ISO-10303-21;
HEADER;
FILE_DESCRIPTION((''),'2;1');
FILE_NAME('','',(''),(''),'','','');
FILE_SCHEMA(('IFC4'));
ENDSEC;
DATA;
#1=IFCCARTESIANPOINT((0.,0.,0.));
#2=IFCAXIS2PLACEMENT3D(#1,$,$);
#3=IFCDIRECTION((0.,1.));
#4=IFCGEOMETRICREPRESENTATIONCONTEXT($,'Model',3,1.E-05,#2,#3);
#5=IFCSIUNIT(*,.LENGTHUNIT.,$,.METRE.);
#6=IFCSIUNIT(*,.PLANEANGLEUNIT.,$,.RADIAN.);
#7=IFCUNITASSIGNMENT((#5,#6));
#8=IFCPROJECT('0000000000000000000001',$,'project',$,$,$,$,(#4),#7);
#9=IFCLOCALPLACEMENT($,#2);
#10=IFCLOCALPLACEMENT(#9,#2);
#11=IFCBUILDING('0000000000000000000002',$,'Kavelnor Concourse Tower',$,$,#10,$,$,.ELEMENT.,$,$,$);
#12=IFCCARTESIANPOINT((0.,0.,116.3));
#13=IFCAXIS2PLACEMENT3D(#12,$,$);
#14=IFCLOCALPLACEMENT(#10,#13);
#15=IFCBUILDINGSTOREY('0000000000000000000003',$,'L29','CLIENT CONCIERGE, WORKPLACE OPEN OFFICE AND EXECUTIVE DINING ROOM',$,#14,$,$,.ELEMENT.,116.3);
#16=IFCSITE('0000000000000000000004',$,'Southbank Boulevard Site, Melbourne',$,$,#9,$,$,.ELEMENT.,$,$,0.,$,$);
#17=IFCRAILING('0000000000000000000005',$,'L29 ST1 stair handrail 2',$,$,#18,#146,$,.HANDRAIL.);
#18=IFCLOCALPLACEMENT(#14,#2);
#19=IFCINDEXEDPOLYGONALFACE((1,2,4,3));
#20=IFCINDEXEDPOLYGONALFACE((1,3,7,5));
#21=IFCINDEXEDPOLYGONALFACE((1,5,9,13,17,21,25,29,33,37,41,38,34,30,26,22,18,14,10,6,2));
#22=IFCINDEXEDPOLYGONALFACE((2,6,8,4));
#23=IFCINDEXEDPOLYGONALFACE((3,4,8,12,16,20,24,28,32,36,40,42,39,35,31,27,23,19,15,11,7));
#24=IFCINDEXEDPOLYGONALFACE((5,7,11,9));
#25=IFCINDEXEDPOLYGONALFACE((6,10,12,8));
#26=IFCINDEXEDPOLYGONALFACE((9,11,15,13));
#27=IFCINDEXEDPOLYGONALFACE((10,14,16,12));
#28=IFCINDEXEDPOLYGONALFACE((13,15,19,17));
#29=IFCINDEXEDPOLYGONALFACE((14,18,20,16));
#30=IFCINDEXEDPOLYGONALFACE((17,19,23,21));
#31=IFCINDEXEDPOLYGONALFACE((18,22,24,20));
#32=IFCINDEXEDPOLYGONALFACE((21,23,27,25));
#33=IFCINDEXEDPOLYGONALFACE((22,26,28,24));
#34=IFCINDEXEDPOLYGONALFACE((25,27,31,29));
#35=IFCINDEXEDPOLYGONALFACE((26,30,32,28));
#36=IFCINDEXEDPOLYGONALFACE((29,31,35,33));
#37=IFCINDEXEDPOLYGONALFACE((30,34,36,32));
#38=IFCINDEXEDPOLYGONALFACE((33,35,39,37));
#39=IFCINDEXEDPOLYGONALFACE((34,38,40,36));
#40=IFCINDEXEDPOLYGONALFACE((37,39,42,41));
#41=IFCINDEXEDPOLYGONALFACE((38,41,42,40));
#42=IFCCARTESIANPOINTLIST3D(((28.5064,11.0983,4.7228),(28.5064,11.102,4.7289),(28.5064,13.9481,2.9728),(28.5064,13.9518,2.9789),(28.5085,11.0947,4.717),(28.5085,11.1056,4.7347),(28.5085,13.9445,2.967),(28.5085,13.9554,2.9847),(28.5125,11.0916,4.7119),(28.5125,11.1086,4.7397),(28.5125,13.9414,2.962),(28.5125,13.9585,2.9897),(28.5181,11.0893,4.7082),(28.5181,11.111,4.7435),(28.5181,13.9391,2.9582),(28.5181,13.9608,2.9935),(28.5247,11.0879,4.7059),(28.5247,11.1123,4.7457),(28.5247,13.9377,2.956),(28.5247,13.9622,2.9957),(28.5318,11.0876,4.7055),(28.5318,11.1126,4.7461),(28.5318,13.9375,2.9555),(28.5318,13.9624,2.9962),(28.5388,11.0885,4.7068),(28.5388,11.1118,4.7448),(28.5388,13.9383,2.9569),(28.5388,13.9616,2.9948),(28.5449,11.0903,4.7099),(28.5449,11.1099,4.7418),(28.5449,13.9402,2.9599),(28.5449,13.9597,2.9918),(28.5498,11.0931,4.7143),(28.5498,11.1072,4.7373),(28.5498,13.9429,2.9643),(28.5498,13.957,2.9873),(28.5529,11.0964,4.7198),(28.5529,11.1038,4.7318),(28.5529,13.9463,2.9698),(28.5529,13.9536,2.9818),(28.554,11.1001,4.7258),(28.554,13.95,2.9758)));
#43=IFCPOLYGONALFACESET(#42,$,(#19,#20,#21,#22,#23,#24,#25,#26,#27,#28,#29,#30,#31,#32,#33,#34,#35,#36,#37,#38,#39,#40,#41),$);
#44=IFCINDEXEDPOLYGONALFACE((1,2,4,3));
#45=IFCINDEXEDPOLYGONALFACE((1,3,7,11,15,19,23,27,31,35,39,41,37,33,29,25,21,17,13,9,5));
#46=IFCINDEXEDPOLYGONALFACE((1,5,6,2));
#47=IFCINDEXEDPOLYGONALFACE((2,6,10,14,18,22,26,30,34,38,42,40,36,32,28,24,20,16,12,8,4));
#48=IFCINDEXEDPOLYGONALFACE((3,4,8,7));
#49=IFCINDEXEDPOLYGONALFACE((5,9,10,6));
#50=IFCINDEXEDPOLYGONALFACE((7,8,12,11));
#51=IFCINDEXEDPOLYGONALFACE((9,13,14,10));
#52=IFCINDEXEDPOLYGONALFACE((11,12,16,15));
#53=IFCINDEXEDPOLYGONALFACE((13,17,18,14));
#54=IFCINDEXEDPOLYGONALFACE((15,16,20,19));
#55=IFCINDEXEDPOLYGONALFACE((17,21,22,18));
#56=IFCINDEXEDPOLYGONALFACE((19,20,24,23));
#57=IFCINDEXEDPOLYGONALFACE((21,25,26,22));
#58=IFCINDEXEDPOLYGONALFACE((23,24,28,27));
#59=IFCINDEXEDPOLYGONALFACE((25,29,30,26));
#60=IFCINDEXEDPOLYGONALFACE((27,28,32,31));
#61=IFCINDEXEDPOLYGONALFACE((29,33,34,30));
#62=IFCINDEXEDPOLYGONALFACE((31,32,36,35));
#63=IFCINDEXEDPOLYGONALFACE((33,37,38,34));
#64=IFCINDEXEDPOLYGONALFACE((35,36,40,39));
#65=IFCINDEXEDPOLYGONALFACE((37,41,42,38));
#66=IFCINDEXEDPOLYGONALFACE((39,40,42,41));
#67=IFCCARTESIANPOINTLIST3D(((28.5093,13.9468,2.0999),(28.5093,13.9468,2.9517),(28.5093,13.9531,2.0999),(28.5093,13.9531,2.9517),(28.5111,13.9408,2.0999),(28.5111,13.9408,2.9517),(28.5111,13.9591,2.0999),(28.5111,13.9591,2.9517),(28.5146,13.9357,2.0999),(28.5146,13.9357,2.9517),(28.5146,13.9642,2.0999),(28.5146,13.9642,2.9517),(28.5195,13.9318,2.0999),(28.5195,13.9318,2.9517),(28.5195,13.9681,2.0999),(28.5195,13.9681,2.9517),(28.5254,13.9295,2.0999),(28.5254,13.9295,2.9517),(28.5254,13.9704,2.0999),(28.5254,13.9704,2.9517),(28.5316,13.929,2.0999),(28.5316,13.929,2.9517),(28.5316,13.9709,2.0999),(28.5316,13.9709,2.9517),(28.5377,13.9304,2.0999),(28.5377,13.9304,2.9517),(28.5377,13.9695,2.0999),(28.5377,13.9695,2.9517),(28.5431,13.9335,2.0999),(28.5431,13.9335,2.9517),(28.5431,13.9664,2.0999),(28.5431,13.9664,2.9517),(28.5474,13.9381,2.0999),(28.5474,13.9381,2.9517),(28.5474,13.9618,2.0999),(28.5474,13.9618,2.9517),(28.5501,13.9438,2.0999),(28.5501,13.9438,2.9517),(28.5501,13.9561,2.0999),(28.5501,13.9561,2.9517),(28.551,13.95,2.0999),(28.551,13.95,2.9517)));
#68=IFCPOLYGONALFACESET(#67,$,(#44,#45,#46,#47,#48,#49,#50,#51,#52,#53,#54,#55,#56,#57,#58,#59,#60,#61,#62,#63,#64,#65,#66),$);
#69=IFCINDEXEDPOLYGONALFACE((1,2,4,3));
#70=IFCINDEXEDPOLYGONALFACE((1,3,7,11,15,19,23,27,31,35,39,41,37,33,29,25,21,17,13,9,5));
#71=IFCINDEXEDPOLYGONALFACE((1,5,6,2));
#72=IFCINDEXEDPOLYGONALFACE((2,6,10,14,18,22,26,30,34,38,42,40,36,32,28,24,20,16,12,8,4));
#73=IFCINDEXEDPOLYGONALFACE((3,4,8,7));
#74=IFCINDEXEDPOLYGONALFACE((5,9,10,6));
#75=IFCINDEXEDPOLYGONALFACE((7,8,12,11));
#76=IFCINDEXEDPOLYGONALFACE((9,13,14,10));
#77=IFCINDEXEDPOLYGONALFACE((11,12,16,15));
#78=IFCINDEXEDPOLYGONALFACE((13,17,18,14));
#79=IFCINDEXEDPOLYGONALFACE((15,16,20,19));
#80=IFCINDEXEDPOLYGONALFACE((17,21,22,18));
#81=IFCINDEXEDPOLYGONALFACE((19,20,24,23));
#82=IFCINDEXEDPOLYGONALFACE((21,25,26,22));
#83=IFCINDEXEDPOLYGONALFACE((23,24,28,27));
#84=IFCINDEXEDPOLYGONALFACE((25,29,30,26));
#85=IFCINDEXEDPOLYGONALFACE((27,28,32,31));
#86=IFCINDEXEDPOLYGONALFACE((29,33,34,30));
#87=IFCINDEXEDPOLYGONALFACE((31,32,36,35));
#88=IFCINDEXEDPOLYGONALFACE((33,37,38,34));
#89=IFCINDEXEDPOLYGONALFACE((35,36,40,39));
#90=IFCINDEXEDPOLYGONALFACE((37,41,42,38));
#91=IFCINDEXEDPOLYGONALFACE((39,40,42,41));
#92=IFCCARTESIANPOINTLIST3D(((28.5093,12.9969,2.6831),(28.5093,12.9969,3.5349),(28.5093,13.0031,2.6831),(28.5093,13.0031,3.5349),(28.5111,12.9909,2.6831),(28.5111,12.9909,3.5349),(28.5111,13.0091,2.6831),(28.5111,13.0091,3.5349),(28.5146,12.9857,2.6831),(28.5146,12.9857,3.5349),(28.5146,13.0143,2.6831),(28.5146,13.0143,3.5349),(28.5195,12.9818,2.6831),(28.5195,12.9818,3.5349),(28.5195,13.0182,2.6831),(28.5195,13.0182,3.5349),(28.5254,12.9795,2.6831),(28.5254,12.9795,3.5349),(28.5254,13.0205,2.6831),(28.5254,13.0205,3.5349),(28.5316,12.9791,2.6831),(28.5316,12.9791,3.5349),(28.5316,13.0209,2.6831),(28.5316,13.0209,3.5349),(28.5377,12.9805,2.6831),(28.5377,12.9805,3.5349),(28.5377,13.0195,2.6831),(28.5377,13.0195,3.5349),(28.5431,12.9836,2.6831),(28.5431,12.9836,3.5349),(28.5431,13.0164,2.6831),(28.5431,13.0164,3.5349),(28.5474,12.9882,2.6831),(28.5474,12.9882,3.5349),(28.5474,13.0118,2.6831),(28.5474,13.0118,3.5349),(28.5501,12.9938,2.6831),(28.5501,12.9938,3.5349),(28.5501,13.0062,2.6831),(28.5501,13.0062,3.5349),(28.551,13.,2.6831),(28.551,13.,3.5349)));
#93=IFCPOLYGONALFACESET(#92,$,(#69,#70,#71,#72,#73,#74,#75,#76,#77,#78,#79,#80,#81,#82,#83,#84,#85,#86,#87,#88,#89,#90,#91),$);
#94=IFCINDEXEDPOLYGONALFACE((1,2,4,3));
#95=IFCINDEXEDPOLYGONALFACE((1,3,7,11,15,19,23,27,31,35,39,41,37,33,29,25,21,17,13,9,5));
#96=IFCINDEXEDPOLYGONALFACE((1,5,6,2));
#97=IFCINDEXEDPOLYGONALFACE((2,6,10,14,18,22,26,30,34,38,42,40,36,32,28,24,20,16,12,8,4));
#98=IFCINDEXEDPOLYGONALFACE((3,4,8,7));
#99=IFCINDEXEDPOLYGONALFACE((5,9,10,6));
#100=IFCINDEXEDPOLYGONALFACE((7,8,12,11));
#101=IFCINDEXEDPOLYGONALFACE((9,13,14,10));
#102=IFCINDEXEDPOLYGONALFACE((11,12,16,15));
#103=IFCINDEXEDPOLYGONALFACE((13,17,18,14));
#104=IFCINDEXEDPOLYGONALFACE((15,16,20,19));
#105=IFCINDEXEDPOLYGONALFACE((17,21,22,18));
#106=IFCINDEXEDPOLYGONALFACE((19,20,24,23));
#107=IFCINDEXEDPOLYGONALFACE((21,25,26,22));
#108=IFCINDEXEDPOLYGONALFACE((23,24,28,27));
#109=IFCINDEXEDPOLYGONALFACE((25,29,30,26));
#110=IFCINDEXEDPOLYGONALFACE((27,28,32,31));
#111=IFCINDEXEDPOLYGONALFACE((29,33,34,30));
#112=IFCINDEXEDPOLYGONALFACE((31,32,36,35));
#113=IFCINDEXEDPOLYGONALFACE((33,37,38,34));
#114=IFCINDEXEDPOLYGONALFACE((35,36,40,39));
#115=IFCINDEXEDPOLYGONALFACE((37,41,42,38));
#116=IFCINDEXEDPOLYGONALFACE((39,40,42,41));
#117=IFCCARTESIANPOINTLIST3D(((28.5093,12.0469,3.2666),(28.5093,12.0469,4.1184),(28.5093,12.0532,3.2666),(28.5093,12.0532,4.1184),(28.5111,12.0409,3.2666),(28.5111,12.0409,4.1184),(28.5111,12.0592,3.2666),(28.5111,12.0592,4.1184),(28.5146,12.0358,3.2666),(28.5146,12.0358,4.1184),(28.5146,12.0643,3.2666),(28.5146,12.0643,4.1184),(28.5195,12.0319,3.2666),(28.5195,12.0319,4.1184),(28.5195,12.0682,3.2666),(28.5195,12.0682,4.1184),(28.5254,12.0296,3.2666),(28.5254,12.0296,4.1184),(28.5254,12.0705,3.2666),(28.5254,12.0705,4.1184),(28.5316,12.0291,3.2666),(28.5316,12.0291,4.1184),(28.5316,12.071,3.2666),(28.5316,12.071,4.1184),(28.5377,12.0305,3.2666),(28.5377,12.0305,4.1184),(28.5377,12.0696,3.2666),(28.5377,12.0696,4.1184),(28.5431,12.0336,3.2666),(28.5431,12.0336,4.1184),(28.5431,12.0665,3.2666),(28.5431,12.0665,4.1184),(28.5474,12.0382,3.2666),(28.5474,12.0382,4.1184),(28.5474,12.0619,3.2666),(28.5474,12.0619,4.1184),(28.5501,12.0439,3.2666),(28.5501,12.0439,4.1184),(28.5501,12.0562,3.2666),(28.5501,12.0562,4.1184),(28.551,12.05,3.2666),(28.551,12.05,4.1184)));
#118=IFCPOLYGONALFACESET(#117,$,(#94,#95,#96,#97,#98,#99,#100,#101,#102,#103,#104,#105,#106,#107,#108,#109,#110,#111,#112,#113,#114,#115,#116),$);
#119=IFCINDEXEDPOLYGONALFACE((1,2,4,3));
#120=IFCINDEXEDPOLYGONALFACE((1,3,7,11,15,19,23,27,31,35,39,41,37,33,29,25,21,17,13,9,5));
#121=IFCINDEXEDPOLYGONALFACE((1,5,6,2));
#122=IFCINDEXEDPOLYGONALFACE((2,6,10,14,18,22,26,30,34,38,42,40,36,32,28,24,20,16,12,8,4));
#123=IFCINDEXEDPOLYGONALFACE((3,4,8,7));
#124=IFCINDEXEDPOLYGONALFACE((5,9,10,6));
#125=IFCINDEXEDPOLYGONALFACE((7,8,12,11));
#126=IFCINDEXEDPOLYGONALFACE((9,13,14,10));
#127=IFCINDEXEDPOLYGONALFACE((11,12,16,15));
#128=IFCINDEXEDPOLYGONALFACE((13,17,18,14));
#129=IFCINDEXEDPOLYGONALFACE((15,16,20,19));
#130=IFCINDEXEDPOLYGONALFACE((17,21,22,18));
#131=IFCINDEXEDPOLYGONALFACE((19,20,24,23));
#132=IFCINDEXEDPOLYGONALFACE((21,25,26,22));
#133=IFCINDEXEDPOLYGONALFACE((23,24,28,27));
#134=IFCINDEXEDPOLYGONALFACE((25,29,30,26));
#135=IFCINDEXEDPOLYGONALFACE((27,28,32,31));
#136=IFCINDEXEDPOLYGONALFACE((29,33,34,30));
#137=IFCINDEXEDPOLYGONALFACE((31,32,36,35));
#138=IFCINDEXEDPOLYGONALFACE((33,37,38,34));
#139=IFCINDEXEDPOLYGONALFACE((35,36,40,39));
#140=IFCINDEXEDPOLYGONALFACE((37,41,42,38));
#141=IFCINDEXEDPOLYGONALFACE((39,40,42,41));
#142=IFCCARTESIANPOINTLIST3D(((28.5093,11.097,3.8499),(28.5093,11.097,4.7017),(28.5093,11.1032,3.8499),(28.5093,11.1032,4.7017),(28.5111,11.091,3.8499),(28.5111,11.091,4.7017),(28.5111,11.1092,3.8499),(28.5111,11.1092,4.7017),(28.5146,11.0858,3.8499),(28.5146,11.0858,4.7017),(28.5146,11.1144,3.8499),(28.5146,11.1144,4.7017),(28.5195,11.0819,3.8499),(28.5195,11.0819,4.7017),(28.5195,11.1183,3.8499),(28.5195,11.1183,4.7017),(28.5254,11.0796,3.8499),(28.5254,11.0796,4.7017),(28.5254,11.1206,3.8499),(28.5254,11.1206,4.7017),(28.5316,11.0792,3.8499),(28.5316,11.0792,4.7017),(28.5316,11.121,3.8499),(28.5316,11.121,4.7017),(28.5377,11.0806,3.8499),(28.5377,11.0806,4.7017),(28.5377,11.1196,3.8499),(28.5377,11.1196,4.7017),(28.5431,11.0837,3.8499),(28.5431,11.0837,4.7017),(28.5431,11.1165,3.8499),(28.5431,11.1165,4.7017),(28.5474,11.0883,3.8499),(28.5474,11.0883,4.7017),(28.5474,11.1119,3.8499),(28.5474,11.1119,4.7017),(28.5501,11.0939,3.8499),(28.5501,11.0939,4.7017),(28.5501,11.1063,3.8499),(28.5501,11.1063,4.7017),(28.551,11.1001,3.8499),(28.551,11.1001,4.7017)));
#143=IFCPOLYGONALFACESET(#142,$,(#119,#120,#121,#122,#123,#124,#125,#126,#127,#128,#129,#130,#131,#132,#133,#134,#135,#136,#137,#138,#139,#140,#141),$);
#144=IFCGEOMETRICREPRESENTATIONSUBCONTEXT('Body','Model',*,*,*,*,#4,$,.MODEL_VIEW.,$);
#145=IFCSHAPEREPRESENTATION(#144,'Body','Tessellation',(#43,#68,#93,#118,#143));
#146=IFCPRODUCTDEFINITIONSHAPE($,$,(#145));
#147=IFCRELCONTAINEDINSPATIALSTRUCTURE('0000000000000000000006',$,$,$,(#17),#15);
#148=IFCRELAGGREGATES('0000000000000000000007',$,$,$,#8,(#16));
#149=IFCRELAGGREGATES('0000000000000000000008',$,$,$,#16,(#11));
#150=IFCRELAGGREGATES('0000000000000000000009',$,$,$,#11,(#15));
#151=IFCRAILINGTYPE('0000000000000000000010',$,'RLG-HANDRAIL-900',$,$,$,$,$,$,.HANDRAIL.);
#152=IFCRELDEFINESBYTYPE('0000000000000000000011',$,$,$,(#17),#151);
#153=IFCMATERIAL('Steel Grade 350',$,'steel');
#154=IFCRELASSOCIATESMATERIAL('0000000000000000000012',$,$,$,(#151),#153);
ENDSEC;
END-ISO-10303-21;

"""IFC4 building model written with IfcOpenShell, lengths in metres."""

from ifc_helpers import new_model, si_unit, direction, frame, origin, origin_2d, place, context, subcontext, project, spatial, circle, extrude, material, type_object, element, save


model = new_model("IFC4")

# Units and contexts
model_context = context("Model", 3, precision=1e-05, world=origin(), true_north=direction((0.0, 1.0)))
body_context = subcontext(model_context, "Body", "Model", "MODEL_VIEW")
ifc_project = project(units=[si_unit("LENGTHUNIT", "METRE"), si_unit("PLANEANGLEUNIT", "RADIAN")], contexts=[model_context])

# Site, building, storey
site_placement = place(None, origin())
site = spatial("IfcSite", under=ifc_project, at=site_placement, Name="Southbank Boulevard Site, Melbourne", CompositionType="ELEMENT", RefElevation=0.0)
building_placement = place(site_placement, origin())
building = spatial("IfcBuilding", under=site, at=building_placement, Name="Kavelnor Concourse Tower", CompositionType="ELEMENT")
storey_placement = place(building_placement, frame((0.0, 0.0, 116.3)))
storey = spatial("IfcBuildingStorey", under=building, at=storey_placement, Name="L29", Description="CLIENT CONCIERGE, WORKPLACE OPEN OFFICE AND EXECUTIVE DINING ROOM", CompositionType="ELEMENT", Elevation=116.3)

# Shared definitions
ifc_material_1 = material(Name="Steel Grade 350", Category="steel")

# Railing
railing_type_1 = type_object("IfcRailingType", Name="RLG-HANDRAIL-900", PredefinedType="HANDRAIL", material=ifc_material_1)
railing_1_placement = place(storey_placement, frame((28.53, 13.95, 2.0999)))
element("IfcRailing", 1, at=railing_1_placement, inside=storey, type_object=railing_type_1, Name="L29 ST1 stair handrail 2", PredefinedType="HANDRAIL", context=body_context, shape_type="SweptSolid", body=[
    extrude(circle(Radius=0.0239, at=origin_2d()), frame((0.0, 0.0, 0.876), z_axis=(0.0, -0.852159, 0.523283), x_axis=(1.0, 0.0, 0.0)), (0.0, 0.0, 1.0), 3.3442),
    extrude(circle(Radius=0.021, at=origin_2d()), origin(), (0.0, 0.0, 1.0), 0.8518),
    extrude(circle(Radius=0.021, at=origin_2d()), frame((0.0, -0.95, 0.5833)), (0.0, 0.0, 1.0), 0.8518),
    extrude(circle(Radius=0.021, at=origin_2d()), frame((0.0, -1.8999, 1.1667)), (0.0, 0.0, 1.0), 0.8518),
    extrude(circle(Radius=0.021, at=origin_2d()), frame((0.0, -2.8499, 1.75)), (0.0, 0.0, 1.0), 0.8518),
])

save(model, "model.ifc")
